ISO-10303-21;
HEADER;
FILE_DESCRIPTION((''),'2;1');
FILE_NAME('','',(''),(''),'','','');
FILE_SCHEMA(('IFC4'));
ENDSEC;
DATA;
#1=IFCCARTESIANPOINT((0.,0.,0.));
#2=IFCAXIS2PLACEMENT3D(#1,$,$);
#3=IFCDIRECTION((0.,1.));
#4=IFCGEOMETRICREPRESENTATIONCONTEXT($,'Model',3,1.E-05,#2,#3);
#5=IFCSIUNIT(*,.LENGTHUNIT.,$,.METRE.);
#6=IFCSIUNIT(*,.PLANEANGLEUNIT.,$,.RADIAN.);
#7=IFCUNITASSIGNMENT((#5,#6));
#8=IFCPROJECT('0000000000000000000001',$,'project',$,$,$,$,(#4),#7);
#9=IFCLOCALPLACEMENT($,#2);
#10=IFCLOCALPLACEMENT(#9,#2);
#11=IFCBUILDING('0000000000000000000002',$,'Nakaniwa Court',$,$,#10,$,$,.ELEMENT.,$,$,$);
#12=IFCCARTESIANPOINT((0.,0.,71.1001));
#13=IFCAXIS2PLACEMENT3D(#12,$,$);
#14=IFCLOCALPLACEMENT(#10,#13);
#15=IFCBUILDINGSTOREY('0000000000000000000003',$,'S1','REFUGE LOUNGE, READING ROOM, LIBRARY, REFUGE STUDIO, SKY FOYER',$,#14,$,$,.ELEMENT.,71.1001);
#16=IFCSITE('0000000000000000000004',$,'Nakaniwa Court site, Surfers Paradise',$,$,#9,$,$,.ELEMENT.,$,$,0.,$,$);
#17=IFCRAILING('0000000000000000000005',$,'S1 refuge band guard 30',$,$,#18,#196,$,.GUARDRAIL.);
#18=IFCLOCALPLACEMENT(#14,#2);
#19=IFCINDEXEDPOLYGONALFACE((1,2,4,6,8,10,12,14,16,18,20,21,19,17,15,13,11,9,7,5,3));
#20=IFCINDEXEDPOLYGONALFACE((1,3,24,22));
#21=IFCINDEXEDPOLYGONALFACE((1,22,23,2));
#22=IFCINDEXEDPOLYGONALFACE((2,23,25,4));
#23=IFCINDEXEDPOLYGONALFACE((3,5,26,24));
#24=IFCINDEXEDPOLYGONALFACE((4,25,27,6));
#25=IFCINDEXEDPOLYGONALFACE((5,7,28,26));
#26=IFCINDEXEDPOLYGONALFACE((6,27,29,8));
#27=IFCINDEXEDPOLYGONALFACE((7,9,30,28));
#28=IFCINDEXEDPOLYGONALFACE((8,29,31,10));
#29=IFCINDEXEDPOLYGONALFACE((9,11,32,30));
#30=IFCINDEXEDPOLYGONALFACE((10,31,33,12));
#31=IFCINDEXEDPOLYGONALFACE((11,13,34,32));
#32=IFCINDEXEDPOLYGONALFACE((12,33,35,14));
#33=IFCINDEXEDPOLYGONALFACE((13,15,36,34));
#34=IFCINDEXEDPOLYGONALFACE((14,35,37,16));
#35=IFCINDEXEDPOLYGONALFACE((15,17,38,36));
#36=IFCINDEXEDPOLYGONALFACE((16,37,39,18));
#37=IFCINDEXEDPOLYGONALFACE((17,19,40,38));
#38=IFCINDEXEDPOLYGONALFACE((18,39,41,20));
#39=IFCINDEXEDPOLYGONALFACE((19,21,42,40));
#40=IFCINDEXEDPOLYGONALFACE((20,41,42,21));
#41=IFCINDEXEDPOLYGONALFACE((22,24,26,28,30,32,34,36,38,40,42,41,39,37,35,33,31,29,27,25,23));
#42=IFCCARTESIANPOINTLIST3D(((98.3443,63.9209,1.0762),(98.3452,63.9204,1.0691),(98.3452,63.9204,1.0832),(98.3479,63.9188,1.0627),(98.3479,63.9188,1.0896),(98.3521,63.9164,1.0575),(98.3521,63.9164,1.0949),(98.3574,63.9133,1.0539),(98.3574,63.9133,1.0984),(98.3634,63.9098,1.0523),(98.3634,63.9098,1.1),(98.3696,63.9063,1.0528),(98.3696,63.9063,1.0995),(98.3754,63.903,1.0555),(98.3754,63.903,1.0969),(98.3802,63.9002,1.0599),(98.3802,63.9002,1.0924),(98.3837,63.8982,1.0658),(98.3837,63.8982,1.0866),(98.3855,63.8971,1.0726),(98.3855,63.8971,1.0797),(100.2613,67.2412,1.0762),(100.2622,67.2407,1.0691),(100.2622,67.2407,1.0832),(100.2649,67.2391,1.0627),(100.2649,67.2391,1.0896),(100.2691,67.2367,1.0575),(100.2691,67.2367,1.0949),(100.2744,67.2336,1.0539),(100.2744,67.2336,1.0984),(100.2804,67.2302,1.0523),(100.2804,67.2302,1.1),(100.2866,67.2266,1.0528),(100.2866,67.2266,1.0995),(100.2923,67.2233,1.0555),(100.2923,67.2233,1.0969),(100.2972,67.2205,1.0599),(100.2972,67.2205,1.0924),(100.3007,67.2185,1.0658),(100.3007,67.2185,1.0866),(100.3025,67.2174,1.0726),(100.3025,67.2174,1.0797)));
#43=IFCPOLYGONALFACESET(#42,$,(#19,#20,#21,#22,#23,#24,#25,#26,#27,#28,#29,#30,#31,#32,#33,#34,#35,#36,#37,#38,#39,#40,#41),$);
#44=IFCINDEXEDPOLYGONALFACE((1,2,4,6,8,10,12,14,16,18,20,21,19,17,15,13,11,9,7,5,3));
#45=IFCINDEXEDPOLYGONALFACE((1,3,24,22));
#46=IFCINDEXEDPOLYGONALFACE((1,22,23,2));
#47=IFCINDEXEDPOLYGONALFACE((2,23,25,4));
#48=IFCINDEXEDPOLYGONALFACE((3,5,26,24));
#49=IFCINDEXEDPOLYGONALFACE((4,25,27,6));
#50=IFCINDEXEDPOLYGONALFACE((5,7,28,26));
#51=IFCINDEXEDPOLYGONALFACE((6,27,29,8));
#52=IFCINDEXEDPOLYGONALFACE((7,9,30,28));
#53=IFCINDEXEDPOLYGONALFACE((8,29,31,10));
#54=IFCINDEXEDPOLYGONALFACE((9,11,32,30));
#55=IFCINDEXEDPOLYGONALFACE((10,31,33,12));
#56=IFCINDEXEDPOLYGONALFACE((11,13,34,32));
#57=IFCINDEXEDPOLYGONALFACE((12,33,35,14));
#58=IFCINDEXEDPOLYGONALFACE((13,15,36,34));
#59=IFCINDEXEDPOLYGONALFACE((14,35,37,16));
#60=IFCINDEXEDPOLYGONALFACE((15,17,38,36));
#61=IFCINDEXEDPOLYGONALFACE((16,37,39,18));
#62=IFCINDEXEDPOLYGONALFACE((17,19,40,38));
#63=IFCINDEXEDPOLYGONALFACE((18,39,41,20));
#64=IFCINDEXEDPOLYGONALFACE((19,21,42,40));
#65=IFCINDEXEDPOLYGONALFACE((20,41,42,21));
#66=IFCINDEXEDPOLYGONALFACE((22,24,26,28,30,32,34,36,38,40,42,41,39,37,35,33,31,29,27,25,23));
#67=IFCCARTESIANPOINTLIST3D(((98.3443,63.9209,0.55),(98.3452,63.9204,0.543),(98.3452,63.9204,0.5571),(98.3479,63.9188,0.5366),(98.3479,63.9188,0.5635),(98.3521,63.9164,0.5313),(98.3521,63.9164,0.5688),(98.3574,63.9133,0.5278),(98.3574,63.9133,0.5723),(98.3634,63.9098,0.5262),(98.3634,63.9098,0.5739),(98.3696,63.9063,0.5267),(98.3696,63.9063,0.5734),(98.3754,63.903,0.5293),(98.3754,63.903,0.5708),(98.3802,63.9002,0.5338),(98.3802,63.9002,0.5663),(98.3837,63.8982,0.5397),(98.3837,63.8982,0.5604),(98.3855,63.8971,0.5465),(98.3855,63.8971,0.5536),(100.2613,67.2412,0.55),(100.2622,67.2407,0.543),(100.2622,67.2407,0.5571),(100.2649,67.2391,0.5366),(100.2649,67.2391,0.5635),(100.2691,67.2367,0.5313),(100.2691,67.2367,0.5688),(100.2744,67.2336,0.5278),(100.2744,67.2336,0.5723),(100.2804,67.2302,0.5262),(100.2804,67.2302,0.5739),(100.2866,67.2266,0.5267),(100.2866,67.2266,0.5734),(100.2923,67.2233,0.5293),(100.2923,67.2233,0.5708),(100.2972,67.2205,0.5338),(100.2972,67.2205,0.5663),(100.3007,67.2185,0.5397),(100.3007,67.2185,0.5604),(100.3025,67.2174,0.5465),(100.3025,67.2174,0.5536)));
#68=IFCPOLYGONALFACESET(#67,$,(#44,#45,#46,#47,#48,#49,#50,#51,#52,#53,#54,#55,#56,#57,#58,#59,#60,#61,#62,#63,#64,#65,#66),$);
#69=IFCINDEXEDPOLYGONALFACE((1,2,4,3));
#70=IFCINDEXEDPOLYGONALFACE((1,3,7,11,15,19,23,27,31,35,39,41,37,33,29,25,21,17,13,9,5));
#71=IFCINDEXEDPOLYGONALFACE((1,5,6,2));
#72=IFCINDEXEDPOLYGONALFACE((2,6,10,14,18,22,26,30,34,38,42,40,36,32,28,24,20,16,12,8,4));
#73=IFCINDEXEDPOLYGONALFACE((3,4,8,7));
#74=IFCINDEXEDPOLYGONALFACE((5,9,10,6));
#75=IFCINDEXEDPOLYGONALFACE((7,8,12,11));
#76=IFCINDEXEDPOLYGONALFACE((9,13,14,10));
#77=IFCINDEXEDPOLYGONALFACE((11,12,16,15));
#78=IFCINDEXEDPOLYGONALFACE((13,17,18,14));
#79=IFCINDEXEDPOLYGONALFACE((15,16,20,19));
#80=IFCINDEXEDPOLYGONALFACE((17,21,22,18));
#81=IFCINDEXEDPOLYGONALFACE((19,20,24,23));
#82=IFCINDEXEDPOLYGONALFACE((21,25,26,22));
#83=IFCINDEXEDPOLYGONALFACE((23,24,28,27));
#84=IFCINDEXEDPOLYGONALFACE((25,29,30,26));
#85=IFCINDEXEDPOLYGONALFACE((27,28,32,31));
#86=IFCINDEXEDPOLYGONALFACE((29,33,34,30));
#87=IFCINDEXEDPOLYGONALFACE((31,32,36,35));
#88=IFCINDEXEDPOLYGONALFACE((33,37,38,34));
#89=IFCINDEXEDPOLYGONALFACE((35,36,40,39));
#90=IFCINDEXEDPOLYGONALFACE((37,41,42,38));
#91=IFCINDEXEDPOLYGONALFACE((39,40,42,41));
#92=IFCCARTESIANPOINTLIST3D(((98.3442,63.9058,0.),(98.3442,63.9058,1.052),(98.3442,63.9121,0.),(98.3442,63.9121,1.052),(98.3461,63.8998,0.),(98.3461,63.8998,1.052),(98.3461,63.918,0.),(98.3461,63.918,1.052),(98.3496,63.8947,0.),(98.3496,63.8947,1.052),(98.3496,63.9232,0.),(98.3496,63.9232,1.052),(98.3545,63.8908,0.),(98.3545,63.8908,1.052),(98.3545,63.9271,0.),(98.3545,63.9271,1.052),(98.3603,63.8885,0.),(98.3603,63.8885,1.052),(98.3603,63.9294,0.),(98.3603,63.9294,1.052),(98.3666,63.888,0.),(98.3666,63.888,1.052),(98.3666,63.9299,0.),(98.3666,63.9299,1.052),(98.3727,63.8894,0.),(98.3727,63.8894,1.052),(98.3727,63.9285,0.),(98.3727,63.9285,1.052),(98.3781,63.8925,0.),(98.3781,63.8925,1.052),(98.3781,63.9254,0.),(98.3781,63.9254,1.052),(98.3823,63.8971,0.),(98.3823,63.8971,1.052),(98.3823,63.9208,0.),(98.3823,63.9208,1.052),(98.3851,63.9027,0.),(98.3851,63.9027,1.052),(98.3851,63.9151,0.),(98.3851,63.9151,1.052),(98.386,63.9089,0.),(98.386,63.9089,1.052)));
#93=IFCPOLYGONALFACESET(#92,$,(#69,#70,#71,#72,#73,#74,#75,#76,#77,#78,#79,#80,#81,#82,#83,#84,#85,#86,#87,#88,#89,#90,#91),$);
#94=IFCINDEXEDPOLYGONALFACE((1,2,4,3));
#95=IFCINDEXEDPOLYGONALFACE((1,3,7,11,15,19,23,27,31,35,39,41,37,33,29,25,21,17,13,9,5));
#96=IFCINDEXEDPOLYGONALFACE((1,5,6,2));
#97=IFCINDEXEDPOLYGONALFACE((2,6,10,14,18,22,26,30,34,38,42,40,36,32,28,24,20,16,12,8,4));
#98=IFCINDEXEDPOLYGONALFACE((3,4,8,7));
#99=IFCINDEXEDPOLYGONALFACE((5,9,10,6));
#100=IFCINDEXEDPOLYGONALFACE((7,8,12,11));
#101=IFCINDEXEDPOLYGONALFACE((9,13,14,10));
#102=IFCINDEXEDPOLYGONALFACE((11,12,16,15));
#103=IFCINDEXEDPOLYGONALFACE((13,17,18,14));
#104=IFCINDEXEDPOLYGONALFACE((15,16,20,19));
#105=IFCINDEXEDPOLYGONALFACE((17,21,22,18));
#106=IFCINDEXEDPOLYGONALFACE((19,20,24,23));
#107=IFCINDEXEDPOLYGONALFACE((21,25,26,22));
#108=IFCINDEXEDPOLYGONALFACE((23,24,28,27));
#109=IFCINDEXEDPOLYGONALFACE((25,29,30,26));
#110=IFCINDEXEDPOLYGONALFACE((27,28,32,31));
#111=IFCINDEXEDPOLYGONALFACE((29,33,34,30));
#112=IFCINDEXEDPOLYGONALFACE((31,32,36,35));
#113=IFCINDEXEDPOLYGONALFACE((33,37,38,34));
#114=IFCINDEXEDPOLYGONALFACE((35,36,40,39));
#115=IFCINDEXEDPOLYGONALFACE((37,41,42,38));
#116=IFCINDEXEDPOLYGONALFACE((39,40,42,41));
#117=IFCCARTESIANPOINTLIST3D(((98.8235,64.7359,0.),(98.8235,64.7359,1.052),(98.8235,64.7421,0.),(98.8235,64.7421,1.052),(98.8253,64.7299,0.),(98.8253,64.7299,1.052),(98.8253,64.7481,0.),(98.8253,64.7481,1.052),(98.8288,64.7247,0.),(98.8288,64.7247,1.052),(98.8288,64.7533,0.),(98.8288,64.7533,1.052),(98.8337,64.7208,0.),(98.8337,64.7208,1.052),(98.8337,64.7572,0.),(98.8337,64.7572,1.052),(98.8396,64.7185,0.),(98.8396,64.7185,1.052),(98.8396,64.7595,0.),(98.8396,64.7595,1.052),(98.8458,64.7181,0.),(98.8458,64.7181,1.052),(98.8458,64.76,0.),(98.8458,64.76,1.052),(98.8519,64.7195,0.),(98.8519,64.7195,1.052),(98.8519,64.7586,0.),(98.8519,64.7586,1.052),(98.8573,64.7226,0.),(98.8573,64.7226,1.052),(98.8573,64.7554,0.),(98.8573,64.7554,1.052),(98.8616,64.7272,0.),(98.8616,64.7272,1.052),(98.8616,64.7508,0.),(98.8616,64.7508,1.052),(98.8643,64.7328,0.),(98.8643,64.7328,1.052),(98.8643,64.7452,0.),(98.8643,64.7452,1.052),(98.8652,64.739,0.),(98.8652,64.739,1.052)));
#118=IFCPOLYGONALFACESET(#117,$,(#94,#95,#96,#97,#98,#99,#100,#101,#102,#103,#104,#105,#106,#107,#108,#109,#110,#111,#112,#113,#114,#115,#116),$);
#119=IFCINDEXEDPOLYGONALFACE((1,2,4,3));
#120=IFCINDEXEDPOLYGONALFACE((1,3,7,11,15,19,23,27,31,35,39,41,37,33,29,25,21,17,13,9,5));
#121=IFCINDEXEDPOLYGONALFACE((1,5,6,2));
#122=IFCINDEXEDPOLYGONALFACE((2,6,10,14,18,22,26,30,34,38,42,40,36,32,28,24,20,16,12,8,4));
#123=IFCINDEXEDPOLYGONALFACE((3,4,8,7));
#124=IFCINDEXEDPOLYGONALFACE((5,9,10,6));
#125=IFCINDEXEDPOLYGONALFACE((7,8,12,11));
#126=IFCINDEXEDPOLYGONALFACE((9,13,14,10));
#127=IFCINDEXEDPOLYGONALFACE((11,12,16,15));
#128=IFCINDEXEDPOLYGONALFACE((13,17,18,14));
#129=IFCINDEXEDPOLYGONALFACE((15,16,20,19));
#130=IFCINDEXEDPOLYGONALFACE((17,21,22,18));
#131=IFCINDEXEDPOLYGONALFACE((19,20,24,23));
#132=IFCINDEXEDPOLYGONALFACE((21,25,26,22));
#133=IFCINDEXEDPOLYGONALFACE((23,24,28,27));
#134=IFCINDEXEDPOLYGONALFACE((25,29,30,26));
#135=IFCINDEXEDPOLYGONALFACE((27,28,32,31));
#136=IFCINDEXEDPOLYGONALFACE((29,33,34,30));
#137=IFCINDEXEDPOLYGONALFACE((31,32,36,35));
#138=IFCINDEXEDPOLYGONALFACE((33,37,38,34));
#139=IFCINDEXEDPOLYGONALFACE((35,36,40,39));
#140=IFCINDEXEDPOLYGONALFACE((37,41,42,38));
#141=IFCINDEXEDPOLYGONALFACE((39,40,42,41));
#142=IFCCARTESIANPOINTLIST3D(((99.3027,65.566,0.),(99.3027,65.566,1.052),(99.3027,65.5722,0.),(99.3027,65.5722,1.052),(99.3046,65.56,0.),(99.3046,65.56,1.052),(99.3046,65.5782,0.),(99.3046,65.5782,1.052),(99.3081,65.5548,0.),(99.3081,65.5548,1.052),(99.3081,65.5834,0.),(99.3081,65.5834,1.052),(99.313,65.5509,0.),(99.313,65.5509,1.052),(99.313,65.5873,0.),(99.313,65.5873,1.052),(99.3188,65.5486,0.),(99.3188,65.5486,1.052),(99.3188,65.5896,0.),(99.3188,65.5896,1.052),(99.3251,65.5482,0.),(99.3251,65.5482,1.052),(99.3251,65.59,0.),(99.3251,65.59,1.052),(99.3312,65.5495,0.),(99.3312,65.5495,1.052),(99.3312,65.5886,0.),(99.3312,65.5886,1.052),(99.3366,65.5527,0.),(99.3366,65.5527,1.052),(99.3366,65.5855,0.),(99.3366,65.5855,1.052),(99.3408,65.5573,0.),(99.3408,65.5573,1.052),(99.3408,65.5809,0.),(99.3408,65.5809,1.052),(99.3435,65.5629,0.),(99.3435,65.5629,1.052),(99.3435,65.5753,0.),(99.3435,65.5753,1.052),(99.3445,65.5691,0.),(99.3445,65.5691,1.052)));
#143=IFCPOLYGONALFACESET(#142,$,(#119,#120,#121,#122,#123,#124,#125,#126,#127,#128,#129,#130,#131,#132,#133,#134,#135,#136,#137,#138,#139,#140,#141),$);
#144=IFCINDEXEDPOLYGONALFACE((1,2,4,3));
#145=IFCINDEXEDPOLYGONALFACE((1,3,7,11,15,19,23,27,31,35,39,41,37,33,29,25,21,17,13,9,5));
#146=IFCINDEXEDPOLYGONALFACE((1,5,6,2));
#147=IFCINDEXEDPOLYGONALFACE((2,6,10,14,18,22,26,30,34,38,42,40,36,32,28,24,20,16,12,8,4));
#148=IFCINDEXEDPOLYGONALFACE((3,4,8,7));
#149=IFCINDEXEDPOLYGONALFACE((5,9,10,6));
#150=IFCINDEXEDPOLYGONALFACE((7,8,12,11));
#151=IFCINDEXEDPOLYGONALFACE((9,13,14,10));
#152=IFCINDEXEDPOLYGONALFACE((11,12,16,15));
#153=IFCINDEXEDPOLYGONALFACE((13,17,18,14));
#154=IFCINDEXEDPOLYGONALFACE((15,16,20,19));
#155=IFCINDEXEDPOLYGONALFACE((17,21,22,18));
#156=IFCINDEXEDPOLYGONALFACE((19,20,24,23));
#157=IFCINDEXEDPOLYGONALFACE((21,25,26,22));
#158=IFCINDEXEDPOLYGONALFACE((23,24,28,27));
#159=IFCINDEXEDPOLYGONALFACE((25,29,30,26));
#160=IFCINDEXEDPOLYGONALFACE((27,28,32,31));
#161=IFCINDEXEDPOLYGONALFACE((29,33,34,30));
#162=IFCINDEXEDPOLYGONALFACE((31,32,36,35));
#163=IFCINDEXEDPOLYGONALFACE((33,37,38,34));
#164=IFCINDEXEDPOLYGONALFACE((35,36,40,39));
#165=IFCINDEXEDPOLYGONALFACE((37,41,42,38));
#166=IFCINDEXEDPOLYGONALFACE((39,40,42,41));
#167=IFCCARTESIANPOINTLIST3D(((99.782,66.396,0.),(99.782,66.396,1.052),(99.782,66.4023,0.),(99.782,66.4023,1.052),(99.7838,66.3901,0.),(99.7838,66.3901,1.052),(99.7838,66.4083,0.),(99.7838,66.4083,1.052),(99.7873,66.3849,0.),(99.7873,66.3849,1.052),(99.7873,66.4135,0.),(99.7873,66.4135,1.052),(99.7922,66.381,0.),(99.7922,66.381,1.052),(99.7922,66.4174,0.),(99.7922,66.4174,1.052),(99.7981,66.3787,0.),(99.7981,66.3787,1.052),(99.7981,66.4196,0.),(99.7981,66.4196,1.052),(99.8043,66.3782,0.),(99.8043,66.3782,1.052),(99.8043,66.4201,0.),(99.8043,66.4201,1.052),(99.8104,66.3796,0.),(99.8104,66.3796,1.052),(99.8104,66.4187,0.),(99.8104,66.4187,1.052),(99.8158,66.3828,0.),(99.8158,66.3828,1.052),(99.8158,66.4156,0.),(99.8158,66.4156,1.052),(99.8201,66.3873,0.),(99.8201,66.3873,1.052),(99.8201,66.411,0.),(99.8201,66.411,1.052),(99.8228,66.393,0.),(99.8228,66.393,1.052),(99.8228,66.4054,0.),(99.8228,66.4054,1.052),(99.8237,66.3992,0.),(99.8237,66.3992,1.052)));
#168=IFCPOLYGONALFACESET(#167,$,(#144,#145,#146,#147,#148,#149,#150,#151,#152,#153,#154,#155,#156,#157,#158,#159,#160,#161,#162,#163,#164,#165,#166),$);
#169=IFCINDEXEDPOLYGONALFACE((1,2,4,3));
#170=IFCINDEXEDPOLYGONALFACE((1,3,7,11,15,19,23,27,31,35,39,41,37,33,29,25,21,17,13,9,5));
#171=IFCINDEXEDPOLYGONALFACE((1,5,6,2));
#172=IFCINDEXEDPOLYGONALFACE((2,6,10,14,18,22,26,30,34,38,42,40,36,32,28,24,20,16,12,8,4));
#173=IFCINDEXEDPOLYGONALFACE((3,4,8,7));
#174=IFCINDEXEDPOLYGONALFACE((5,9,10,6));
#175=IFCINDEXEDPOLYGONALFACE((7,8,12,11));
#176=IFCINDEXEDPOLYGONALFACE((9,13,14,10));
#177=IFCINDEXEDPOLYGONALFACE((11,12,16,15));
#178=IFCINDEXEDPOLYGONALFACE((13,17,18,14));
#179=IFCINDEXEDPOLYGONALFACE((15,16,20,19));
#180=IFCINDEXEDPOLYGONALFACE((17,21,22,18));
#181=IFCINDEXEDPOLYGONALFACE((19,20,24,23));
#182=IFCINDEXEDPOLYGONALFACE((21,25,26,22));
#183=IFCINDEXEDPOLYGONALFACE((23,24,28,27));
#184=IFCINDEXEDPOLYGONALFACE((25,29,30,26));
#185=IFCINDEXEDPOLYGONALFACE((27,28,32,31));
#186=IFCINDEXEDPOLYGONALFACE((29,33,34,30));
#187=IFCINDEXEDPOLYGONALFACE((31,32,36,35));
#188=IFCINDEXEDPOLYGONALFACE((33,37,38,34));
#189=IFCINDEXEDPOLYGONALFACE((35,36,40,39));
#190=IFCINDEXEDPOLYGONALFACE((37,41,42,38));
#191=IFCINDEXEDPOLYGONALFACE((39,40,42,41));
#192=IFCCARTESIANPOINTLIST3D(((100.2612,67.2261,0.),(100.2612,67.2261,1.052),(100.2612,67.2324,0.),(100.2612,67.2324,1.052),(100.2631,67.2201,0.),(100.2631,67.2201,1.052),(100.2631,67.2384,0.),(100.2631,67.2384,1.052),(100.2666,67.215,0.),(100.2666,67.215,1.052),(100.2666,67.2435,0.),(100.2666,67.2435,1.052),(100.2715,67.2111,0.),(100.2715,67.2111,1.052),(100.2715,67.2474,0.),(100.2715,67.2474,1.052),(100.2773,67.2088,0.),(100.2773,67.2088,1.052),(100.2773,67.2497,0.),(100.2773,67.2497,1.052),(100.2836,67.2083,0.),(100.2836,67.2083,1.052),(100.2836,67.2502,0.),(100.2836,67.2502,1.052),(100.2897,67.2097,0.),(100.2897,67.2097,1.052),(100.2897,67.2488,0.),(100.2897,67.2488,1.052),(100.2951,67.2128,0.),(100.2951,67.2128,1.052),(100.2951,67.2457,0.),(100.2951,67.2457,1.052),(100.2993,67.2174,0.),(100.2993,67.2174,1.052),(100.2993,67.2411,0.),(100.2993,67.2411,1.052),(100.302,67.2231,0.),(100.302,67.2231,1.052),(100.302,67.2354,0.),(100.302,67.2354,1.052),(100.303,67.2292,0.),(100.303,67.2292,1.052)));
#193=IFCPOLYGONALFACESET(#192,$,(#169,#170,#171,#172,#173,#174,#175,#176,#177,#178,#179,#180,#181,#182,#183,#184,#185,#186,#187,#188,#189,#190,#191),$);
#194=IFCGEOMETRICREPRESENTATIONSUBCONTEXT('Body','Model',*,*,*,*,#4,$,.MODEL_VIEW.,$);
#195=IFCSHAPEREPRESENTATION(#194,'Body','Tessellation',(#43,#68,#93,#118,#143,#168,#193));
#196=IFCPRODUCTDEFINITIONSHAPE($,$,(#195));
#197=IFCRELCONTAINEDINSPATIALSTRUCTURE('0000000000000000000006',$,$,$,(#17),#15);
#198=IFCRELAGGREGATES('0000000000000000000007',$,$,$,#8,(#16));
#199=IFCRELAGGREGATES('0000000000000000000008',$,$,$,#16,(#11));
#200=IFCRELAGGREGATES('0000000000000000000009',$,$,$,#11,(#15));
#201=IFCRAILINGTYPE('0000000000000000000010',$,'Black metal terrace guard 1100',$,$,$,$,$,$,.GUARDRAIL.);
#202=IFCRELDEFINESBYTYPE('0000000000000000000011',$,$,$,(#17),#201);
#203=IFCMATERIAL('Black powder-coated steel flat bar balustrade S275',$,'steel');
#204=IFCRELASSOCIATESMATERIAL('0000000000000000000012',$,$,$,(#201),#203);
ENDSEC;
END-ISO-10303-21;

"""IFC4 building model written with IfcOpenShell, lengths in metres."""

from ifc_helpers import new_model, si_unit, direction, frame, origin, origin_2d, place, context, subcontext, project, spatial, circle, extrude, material, type_object, element, save


model = new_model("IFC4")

# Units and contexts
model_context = context("Model", 3, precision=1e-05, world=origin(), true_north=direction((0.0, 1.0)))
body_context = subcontext(model_context, "Body", "Model", "MODEL_VIEW")
ifc_project = project(units=[si_unit("LENGTHUNIT", "METRE"), si_unit("PLANEANGLEUNIT", "RADIAN")], contexts=[model_context])

# Site, building, storey
site_placement = place(None, origin())
site = spatial("IfcSite", under=ifc_project, at=site_placement, Name="Nakaniwa Court site, Surfers Paradise", CompositionType="ELEMENT", RefElevation=0.0)
building_placement = place(site_placement, origin())
building = spatial("IfcBuilding", under=site, at=building_placement, Name="Nakaniwa Court", CompositionType="ELEMENT")
storey_placement = place(building_placement, frame((0.0, 0.0, 71.1001)))
storey = spatial("IfcBuildingStorey", under=building, at=storey_placement, Name="S1", Description="REFUGE LOUNGE, READING ROOM, LIBRARY, REFUGE STUDIO, SKY FOYER", CompositionType="ELEMENT", Elevation=71.1001)

# Railing
ifc_material_1 = material(Name="Black powder-coated steel flat bar balustrade S275", Category="steel")
railing_type = type_object("IfcRailingType", Name="Black metal terrace guard 1100", PredefinedType="GUARDRAIL", material=ifc_material_1)
railing_1_placement = place(storey_placement, frame((98.365, 63.9089, 0.0)))
element("IfcRailing", 1, at=railing_1_placement, inside=storey, type_object=railing_type, Name="S1 refuge band guard 30", PredefinedType="GUARDRAIL", context=body_context, shape_type="SweptSolid", body=[
    extrude(circle(Radius=0.0239, at=origin_2d()), frame((0.0, 0.0, 1.0762), z_axis=(0.500002, 0.866024, 0.0), x_axis=(-0.866024, 0.500002, 0.0)), (0.0, 0.0, 1.0), 3.834),
    extrude(circle(Radius=0.0239, at=origin_2d()), frame((0.0, 0.0, 0.55), z_axis=(0.500002, 0.866024, 0.0), x_axis=(-0.866024, 0.500002, 0.0)), (0.0, 0.0, 1.0), 3.834),
    extrude(circle(Radius=0.021, at=origin_2d()), origin(), (0.0, 0.0, 1.0), 1.052),
    extrude(circle(Radius=0.021, at=origin_2d()), frame((0.4792, 0.8301, 0.0)), (0.0, 0.0, 1.0), 1.052),
    extrude(circle(Radius=0.021, at=origin_2d()), frame((0.9585, 1.6602, 0.0)), (0.0, 0.0, 1.0), 1.052),
    extrude(circle(Radius=0.021, at=origin_2d()), frame((1.4377, 2.4902, 0.0)), (0.0, 0.0, 1.0), 1.052),
    extrude(circle(Radius=0.021, at=origin_2d()), frame((1.917, 3.3203, 0.0)), (0.0, 0.0, 1.0), 1.052),
])

save(model, "model.ifc")
